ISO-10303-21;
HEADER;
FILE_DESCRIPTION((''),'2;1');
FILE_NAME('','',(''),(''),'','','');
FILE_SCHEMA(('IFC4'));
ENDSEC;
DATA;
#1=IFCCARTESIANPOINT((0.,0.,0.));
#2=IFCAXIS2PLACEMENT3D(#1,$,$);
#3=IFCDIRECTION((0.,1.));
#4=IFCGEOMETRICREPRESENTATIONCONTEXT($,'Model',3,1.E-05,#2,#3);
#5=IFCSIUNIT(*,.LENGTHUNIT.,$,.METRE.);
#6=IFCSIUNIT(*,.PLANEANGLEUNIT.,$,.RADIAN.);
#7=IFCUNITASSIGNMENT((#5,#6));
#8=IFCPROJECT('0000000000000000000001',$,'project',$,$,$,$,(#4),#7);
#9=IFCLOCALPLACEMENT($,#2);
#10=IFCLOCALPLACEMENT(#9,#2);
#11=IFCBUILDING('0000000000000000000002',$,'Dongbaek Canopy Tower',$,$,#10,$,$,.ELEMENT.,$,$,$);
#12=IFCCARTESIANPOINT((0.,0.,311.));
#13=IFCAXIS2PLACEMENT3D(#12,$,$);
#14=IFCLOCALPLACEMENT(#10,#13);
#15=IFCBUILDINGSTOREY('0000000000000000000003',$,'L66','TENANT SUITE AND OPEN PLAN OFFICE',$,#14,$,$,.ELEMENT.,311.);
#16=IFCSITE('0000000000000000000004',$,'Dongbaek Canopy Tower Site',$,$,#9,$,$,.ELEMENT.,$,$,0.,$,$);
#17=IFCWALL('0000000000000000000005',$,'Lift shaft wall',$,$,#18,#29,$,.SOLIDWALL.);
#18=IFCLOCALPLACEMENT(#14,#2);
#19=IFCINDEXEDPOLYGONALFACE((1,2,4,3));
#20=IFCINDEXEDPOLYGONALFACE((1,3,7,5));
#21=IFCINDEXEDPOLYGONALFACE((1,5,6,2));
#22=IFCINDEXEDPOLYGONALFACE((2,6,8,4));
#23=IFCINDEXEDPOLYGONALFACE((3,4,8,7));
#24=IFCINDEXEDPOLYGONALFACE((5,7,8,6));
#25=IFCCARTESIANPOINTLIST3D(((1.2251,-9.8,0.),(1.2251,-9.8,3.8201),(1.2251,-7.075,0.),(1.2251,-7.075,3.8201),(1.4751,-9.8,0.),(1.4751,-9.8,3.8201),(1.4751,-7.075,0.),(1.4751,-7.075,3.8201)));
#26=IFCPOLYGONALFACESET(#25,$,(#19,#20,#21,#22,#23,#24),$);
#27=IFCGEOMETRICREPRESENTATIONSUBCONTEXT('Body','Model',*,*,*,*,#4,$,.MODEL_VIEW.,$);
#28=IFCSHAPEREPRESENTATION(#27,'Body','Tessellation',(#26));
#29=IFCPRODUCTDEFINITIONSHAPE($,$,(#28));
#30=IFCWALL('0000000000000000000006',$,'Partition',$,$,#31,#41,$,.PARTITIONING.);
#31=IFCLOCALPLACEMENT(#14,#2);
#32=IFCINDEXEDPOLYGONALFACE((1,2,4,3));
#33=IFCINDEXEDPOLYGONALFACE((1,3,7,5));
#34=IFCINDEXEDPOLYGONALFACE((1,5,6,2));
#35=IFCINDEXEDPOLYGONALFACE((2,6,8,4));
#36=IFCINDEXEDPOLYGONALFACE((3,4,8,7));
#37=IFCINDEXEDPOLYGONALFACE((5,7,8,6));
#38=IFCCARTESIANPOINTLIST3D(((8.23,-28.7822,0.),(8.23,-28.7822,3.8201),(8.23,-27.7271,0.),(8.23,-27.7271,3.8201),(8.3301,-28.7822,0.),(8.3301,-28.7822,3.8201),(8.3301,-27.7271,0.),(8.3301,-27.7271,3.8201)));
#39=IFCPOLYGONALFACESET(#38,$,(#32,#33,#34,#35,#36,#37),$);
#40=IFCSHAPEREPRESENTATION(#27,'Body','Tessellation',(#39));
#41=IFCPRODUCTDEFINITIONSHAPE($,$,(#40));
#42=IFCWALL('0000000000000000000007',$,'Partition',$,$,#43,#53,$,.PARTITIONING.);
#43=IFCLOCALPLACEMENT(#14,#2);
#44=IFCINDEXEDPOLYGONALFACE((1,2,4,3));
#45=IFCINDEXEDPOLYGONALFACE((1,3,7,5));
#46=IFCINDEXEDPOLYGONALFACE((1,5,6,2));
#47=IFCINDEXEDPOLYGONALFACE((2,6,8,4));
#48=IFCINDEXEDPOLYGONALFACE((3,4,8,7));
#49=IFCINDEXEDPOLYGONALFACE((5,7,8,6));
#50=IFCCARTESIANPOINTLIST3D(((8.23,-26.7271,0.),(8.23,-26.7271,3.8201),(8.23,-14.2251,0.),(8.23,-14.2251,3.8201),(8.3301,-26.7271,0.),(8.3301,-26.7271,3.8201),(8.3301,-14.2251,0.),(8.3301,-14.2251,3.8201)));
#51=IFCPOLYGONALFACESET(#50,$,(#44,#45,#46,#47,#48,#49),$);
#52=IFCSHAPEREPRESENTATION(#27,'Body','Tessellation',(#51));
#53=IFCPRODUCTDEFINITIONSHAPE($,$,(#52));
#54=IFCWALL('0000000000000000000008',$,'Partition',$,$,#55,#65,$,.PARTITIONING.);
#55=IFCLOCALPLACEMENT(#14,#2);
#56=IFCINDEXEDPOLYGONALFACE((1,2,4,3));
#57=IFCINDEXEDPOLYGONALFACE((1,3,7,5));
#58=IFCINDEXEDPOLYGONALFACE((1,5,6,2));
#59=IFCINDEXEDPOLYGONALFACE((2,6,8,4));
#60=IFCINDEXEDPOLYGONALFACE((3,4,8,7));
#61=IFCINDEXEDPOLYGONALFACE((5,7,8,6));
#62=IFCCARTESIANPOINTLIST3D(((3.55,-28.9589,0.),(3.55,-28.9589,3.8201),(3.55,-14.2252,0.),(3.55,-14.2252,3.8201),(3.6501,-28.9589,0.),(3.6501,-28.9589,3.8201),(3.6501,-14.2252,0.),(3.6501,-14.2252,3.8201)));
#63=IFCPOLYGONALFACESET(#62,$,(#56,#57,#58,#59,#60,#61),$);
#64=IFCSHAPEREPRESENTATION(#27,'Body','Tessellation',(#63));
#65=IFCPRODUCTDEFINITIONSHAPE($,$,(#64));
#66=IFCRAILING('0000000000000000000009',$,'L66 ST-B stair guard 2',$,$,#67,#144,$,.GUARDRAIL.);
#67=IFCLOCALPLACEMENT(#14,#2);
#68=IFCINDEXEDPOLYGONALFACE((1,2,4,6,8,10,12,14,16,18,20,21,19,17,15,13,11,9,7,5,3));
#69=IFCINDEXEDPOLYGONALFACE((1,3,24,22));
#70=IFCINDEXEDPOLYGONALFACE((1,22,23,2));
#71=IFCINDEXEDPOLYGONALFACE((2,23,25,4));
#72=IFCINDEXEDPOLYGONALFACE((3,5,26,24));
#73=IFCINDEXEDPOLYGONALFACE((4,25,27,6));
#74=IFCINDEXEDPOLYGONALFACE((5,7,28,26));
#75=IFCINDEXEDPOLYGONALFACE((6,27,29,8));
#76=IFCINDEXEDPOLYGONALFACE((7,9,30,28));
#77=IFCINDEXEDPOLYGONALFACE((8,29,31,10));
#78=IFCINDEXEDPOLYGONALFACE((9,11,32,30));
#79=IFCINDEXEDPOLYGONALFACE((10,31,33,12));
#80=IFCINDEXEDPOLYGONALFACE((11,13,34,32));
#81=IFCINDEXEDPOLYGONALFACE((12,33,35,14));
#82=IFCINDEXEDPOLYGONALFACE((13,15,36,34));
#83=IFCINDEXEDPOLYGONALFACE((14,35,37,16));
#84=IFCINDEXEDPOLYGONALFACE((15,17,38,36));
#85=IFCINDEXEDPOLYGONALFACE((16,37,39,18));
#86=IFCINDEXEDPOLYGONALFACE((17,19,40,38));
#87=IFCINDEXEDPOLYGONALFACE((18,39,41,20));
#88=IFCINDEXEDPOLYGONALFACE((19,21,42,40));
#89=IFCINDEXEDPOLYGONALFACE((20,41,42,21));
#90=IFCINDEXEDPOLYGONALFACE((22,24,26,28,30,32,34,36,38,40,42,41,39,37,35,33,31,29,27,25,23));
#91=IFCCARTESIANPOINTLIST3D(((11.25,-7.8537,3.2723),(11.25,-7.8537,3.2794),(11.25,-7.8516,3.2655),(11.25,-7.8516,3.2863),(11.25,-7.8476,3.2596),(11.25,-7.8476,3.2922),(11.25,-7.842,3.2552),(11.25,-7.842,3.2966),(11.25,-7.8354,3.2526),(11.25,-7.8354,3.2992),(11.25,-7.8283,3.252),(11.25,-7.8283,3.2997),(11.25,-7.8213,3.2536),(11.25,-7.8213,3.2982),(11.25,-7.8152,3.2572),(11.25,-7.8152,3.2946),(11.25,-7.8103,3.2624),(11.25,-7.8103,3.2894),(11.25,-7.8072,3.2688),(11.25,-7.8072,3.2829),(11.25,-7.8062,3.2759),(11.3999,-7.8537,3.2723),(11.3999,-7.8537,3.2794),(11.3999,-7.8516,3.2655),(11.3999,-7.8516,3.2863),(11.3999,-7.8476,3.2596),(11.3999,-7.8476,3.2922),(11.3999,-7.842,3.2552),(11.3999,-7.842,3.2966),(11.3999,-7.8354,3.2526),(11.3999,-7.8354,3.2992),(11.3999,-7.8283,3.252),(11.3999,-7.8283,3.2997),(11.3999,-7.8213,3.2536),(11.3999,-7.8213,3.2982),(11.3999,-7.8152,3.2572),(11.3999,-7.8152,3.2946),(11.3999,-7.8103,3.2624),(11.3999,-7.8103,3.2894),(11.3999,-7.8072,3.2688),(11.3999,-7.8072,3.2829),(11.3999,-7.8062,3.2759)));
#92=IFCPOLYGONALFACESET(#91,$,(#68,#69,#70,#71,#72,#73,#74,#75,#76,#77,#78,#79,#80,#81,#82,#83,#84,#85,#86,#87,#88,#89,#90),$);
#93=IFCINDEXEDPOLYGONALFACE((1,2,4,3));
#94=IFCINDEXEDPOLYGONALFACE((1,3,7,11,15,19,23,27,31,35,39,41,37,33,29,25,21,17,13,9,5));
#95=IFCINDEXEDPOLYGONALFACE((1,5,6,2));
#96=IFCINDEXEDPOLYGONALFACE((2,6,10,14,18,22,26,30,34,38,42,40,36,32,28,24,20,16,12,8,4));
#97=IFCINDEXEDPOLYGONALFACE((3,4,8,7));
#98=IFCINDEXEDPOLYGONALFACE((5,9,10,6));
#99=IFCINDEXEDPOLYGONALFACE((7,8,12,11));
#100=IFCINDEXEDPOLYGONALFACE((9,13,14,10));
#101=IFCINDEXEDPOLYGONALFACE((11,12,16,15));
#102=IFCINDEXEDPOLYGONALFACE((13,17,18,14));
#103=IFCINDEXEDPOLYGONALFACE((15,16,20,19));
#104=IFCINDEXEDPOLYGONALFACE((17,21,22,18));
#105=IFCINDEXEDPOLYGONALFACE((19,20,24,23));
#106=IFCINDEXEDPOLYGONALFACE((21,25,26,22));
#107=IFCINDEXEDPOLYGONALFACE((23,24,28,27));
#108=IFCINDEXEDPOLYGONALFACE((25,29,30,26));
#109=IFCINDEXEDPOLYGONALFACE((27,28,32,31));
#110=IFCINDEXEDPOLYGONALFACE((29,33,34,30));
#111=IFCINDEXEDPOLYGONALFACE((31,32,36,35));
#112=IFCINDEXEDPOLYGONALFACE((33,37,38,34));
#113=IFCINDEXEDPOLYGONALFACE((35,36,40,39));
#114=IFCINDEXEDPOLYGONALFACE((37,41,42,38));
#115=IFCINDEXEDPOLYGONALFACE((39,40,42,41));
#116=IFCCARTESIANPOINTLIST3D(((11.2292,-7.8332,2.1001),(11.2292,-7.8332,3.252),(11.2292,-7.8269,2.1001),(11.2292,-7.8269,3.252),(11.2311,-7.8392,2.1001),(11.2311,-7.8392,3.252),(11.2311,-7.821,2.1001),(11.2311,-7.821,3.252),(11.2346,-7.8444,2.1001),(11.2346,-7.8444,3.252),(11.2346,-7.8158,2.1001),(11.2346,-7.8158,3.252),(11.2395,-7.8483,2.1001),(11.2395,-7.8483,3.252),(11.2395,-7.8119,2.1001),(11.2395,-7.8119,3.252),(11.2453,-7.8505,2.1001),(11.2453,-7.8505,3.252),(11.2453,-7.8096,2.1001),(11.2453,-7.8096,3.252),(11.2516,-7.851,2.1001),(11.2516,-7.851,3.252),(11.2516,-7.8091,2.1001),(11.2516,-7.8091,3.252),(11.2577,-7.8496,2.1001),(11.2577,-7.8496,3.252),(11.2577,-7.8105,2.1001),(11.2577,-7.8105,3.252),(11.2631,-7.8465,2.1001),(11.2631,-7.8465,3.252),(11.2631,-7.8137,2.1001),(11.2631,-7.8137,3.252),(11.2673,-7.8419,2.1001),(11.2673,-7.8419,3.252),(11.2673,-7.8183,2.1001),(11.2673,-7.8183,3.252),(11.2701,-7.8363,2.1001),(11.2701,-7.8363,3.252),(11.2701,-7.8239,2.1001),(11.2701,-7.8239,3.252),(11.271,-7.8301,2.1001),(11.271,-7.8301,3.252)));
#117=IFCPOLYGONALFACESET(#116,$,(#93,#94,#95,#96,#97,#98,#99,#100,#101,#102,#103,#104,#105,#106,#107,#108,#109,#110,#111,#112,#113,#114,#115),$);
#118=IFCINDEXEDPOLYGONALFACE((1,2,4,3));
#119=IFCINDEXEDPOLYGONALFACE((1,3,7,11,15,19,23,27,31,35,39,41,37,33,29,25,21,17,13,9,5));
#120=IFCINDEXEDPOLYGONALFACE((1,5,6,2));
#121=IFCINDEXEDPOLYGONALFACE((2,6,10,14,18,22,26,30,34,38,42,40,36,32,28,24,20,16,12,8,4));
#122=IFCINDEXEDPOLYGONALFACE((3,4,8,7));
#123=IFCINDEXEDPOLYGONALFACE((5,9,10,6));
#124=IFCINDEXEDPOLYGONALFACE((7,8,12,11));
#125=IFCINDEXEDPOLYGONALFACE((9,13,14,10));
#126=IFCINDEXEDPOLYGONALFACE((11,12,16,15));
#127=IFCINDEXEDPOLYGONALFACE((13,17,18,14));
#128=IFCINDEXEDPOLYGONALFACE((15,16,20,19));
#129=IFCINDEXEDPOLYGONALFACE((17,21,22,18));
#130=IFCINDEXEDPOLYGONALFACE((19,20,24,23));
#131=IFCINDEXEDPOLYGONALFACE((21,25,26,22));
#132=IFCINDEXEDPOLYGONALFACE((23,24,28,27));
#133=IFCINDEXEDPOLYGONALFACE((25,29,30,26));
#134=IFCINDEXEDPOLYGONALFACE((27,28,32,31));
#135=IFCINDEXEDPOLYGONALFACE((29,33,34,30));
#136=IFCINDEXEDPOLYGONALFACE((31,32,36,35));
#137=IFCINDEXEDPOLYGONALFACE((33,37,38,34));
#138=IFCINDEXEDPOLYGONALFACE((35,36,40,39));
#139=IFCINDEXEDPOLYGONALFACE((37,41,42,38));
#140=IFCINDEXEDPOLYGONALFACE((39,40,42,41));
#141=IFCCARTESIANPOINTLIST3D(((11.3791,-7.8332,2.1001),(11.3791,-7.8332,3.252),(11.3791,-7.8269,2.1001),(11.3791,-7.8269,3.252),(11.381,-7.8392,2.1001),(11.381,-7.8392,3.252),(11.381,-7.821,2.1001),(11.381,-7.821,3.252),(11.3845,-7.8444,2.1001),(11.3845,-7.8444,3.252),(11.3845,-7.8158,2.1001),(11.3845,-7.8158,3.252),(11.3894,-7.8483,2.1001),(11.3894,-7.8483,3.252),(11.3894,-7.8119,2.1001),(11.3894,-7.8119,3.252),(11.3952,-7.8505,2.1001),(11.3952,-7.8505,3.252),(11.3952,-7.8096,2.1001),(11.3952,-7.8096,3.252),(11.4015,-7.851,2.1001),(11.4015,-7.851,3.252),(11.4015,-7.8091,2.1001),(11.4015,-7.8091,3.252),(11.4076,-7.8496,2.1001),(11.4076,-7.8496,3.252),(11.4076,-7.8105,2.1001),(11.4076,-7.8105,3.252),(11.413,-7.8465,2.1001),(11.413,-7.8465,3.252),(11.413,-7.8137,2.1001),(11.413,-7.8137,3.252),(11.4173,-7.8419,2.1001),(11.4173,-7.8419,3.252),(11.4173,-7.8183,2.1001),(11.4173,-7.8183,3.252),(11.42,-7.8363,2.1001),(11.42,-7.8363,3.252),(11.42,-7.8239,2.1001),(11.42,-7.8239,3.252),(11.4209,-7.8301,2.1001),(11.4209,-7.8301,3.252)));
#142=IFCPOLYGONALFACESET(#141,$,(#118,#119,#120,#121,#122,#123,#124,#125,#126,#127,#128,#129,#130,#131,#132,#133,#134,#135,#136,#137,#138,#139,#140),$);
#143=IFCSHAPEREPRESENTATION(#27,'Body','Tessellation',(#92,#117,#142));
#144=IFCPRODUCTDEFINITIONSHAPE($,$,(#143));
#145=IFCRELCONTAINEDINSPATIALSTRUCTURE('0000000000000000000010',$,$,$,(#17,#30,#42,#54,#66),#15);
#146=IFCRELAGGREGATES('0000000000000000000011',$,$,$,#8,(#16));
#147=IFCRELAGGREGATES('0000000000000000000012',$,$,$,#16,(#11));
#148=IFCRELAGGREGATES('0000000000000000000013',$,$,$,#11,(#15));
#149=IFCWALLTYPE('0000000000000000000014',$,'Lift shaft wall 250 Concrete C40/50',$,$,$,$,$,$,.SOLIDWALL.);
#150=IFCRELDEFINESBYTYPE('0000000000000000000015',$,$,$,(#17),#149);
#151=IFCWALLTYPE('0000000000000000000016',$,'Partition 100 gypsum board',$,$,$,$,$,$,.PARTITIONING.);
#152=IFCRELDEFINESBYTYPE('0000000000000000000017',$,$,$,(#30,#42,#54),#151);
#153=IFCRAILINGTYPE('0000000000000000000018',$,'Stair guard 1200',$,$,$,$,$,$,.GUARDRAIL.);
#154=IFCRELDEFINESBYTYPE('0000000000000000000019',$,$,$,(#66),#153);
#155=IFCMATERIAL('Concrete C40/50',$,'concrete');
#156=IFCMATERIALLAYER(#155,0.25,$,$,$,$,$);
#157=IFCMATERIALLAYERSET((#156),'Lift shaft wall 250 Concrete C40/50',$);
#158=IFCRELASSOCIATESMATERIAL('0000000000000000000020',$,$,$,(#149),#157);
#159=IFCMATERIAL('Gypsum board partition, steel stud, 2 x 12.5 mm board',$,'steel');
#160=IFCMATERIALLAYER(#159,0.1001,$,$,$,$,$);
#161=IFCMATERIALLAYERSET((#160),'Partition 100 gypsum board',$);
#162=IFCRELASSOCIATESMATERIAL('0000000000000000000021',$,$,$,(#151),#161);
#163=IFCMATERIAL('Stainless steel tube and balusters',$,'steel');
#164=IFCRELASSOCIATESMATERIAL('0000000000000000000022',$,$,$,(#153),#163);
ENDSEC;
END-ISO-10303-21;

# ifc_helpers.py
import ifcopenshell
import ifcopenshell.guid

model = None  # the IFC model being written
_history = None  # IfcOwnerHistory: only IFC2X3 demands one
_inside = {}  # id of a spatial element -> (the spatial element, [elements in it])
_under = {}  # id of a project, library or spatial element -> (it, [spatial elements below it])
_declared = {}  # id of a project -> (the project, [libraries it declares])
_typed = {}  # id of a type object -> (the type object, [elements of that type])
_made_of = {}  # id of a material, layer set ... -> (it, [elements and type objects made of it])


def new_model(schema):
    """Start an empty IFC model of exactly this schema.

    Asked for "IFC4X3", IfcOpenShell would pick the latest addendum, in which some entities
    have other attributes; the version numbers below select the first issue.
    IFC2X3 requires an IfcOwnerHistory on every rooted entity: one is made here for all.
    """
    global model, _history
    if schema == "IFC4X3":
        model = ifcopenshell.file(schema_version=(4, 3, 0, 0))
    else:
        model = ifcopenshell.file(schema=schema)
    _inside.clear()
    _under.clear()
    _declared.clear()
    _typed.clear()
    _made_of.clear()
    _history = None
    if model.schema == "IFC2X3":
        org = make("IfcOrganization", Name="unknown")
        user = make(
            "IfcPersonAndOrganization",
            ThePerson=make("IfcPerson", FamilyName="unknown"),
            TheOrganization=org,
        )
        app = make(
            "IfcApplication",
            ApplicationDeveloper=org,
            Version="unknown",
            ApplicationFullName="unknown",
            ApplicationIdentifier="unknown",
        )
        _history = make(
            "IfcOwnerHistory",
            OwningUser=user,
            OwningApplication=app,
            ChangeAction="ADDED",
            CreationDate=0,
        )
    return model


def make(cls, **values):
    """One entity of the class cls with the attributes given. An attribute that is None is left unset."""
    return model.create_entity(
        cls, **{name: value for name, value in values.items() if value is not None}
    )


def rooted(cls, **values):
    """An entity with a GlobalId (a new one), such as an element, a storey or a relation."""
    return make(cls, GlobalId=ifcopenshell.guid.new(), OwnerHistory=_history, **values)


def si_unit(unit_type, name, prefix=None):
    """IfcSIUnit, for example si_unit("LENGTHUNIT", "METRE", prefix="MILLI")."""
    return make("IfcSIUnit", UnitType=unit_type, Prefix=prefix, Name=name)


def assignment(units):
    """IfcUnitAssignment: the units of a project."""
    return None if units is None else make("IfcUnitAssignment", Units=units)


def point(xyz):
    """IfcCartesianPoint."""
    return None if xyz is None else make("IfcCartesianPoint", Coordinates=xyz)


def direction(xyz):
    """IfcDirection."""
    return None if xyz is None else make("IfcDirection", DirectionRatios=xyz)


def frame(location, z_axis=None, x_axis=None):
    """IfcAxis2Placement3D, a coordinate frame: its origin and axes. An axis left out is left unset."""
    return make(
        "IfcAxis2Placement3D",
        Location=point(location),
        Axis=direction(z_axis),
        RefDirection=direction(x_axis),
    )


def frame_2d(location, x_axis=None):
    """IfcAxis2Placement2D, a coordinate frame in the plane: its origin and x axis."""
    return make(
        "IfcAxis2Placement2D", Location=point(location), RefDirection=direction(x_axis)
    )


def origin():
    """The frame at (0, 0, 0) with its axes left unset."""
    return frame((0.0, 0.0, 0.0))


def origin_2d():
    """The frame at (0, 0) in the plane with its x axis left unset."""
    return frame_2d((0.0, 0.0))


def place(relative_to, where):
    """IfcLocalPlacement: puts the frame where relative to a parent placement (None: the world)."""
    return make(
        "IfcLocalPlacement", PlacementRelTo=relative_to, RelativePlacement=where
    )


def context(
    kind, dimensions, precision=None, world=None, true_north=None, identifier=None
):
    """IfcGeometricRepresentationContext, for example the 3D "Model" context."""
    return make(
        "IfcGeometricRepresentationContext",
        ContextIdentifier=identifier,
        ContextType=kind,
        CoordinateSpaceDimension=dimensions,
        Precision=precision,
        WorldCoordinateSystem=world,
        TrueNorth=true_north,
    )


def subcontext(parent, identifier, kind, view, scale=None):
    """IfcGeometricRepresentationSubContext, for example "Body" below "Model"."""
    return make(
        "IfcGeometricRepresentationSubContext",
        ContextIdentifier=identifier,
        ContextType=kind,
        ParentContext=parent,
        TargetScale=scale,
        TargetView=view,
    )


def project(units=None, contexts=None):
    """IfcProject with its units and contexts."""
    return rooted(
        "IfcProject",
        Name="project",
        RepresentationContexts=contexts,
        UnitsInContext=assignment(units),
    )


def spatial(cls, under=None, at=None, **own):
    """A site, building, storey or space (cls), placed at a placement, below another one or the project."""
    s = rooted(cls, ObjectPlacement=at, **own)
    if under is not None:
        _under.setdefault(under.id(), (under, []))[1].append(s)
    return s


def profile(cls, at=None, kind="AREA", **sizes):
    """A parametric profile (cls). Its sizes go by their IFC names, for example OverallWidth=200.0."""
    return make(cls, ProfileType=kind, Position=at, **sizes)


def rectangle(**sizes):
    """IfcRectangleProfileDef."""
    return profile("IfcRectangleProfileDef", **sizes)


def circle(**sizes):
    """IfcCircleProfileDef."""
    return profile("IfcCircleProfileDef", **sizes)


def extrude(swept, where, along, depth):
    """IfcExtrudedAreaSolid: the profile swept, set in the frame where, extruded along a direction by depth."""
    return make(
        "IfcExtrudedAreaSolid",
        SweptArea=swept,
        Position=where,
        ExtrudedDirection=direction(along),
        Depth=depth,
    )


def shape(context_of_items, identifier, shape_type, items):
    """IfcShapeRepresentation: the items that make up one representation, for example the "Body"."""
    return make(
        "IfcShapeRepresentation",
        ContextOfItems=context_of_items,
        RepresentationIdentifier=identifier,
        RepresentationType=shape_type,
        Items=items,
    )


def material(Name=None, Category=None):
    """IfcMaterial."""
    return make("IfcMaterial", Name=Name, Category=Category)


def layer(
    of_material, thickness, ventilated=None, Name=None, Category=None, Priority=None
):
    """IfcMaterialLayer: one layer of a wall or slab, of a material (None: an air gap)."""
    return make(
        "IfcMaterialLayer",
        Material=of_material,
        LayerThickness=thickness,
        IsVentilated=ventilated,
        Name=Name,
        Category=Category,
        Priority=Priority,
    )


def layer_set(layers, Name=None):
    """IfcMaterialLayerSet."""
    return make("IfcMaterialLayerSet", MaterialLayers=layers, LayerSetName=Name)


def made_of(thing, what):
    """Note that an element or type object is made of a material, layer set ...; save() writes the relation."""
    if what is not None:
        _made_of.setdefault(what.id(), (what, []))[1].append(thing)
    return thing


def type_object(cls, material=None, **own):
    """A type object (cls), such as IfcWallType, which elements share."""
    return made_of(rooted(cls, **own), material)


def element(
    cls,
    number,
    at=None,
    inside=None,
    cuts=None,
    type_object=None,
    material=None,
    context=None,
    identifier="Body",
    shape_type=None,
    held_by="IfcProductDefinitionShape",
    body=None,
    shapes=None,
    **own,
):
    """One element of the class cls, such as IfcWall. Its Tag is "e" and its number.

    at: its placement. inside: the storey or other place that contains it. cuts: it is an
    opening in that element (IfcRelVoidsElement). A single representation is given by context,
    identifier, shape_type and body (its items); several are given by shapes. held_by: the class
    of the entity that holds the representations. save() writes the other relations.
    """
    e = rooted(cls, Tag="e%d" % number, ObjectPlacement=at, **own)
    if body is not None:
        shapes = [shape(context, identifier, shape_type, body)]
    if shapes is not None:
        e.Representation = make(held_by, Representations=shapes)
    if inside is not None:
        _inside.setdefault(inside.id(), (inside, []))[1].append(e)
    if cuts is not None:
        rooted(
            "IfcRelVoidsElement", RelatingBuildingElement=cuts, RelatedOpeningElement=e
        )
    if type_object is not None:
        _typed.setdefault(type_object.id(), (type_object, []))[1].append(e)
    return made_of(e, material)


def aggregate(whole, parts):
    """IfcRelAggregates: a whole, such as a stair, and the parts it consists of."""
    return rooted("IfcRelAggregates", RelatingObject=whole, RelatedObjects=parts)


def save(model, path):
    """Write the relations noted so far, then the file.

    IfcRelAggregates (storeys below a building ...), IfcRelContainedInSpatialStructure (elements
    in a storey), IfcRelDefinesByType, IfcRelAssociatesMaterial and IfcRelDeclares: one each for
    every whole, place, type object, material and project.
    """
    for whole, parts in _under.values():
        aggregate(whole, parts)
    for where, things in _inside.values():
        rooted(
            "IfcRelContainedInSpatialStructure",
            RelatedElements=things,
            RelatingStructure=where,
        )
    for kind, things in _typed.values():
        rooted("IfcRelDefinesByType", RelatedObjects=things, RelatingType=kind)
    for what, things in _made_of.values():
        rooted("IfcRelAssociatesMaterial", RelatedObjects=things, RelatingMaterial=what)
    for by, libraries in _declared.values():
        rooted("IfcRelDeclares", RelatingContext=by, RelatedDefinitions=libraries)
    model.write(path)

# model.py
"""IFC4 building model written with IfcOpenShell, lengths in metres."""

from ifc_helpers import new_model, si_unit, direction, frame, frame_2d, origin, origin_2d, place, context, subcontext, project, spatial, rectangle, circle, extrude, material, layer, layer_set, type_object, element, save


model = new_model("IFC4")

# Units and contexts
model_context = context("Model", 3, precision=1e-05, world=origin(), true_north=direction((0.0, 1.0)))
body_context = subcontext(model_context, "Body", "Model", "MODEL_VIEW")
ifc_project = project(units=[si_unit("LENGTHUNIT", "METRE"), si_unit("PLANEANGLEUNIT", "RADIAN")], contexts=[model_context])

# Site, building, storey
site_placement = place(None, origin())
site = spatial("IfcSite", under=ifc_project, at=site_placement, Name="Dongbaek Canopy Tower Site", CompositionType="ELEMENT", RefElevation=0.0)
building_placement = place(site_placement, origin())
building = spatial("IfcBuilding", under=site, at=building_placement, Name="Dongbaek Canopy Tower", CompositionType="ELEMENT")
storey_placement = place(building_placement, frame((0.0, 0.0, 311.0)))
storey = spatial("IfcBuildingStorey", under=building, at=storey_placement, Name="L66", Description="TENANT SUITE AND OPEN PLAN OFFICE", CompositionType="ELEMENT", Elevation=311.0)

# Walls
ifc_material_1 = material(Name="Concrete C40/50", Category="concrete")
ifc_layer_1 = layer(ifc_material_1, 0.25)
ifc_layer_set_1 = layer_set([ifc_layer_1], Name="Lift shaft wall 250 Concrete C40/50")
wall_type_1 = type_object("IfcWallType", Name="Lift shaft wall 250 Concrete C40/50", PredefinedType="SOLIDWALL", material=ifc_layer_set_1)
wall_1_placement = place(storey_placement, frame((1.3501, -9.8, 0.0), z_axis=(0.0, 0.0, 1.0), x_axis=(0.0, 1.0, 0.0)))
element("IfcWall", 1, at=wall_1_placement, inside=storey, type_object=wall_type_1, Name="Lift shaft wall", PredefinedType="SOLIDWALL", context=body_context, shape_type="SweptSolid", body=[
    extrude(rectangle(XDim=2.7251, YDim=0.25, at=frame_2d((1.3625, 0.0))), origin(), (0.0, 0.0, 1.0), 3.8201),
])
ifc_material_2 = material(Name="Gypsum board partition, steel stud, 2 x 12.5 mm board", Category="steel")
ifc_layer_2 = layer(ifc_material_2, 0.1001)
ifc_layer_set_2 = layer_set([ifc_layer_2], Name="Partition 100 gypsum board")
wall_type_2 = type_object("IfcWallType", Name="Partition 100 gypsum board", PredefinedType="PARTITIONING", material=ifc_layer_set_2)
wall_2_placement = place(storey_placement, frame((8.28, -28.7822, 0.0), z_axis=(0.0, 0.0, 1.0), x_axis=(0.0, 1.0, 0.0)))
element("IfcWall", 2, at=wall_2_placement, inside=storey, type_object=wall_type_2, Name="Partition", PredefinedType="PARTITIONING", context=body_context, shape_type="SweptSolid", body=[
    extrude(rectangle(XDim=1.0552, YDim=0.1001, at=frame_2d((0.5276, 0.0))), origin(), (0.0, 0.0, 1.0), 3.8201),
])
wall_3_placement = place(storey_placement, frame((8.28, -26.7271, 0.0), z_axis=(0.0, 0.0, 1.0), x_axis=(0.0, 1.0, 0.0)))
element("IfcWall", 3, at=wall_3_placement, inside=storey, type_object=wall_type_2, Name="Partition", PredefinedType="PARTITIONING", context=body_context, shape_type="SweptSolid", body=[
    extrude(rectangle(XDim=12.502, YDim=0.1001, at=frame_2d((6.251, 0.0))), origin(), (0.0, 0.0, 1.0), 3.8201),
])
wall_4_placement = place(storey_placement, frame((3.6001, -28.9587, 0.0), z_axis=(0.0, 0.0, 1.0), x_axis=(0.0, 1.0, 0.0)))
element("IfcWall", 4, at=wall_4_placement, inside=storey, type_object=wall_type_2, Name="Partition", PredefinedType="PARTITIONING", context=body_context, shape_type="SweptSolid", body=[
    extrude(rectangle(XDim=14.7336, YDim=0.1001, at=frame_2d((7.3667, 0.0))), origin(), (0.0, 0.0, 1.0), 3.8201),
])

# Railing
ifc_material_3 = material(Name="Stainless steel tube and balusters", Category="steel")
railing_type_1 = type_object("IfcRailingType", Name="Stair guard 1200", PredefinedType="GUARDRAIL", material=ifc_material_3)
railing_1_placement = place(storey_placement, frame((11.25, -7.8301, 2.1001)))
element("IfcRailing", 5, at=railing_1_placement, inside=storey, type_object=railing_type_1, Name="L66 ST-B stair guard 2", PredefinedType="GUARDRAIL", context=body_context, shape_type="SweptSolid", body=[
    extrude(circle(Radius=0.0239, at=origin_2d()), frame((0.0, 0.0, 1.1758), z_axis=(1.0, 0.0, 0.0), x_axis=(0.0, 1.0, 0.0)), (0.0, 0.0, 1.0), 0.1499),
    extrude(circle(Radius=0.021, at=origin_2d()), origin(), (0.0, 0.0, 1.0), 1.1519),
    extrude(circle(Radius=0.021, at=origin_2d()), frame((0.1499, 0.0, 0.0)), (0.0, 0.0, 1.0), 1.1519),
])

save(model, "model.ifc")
